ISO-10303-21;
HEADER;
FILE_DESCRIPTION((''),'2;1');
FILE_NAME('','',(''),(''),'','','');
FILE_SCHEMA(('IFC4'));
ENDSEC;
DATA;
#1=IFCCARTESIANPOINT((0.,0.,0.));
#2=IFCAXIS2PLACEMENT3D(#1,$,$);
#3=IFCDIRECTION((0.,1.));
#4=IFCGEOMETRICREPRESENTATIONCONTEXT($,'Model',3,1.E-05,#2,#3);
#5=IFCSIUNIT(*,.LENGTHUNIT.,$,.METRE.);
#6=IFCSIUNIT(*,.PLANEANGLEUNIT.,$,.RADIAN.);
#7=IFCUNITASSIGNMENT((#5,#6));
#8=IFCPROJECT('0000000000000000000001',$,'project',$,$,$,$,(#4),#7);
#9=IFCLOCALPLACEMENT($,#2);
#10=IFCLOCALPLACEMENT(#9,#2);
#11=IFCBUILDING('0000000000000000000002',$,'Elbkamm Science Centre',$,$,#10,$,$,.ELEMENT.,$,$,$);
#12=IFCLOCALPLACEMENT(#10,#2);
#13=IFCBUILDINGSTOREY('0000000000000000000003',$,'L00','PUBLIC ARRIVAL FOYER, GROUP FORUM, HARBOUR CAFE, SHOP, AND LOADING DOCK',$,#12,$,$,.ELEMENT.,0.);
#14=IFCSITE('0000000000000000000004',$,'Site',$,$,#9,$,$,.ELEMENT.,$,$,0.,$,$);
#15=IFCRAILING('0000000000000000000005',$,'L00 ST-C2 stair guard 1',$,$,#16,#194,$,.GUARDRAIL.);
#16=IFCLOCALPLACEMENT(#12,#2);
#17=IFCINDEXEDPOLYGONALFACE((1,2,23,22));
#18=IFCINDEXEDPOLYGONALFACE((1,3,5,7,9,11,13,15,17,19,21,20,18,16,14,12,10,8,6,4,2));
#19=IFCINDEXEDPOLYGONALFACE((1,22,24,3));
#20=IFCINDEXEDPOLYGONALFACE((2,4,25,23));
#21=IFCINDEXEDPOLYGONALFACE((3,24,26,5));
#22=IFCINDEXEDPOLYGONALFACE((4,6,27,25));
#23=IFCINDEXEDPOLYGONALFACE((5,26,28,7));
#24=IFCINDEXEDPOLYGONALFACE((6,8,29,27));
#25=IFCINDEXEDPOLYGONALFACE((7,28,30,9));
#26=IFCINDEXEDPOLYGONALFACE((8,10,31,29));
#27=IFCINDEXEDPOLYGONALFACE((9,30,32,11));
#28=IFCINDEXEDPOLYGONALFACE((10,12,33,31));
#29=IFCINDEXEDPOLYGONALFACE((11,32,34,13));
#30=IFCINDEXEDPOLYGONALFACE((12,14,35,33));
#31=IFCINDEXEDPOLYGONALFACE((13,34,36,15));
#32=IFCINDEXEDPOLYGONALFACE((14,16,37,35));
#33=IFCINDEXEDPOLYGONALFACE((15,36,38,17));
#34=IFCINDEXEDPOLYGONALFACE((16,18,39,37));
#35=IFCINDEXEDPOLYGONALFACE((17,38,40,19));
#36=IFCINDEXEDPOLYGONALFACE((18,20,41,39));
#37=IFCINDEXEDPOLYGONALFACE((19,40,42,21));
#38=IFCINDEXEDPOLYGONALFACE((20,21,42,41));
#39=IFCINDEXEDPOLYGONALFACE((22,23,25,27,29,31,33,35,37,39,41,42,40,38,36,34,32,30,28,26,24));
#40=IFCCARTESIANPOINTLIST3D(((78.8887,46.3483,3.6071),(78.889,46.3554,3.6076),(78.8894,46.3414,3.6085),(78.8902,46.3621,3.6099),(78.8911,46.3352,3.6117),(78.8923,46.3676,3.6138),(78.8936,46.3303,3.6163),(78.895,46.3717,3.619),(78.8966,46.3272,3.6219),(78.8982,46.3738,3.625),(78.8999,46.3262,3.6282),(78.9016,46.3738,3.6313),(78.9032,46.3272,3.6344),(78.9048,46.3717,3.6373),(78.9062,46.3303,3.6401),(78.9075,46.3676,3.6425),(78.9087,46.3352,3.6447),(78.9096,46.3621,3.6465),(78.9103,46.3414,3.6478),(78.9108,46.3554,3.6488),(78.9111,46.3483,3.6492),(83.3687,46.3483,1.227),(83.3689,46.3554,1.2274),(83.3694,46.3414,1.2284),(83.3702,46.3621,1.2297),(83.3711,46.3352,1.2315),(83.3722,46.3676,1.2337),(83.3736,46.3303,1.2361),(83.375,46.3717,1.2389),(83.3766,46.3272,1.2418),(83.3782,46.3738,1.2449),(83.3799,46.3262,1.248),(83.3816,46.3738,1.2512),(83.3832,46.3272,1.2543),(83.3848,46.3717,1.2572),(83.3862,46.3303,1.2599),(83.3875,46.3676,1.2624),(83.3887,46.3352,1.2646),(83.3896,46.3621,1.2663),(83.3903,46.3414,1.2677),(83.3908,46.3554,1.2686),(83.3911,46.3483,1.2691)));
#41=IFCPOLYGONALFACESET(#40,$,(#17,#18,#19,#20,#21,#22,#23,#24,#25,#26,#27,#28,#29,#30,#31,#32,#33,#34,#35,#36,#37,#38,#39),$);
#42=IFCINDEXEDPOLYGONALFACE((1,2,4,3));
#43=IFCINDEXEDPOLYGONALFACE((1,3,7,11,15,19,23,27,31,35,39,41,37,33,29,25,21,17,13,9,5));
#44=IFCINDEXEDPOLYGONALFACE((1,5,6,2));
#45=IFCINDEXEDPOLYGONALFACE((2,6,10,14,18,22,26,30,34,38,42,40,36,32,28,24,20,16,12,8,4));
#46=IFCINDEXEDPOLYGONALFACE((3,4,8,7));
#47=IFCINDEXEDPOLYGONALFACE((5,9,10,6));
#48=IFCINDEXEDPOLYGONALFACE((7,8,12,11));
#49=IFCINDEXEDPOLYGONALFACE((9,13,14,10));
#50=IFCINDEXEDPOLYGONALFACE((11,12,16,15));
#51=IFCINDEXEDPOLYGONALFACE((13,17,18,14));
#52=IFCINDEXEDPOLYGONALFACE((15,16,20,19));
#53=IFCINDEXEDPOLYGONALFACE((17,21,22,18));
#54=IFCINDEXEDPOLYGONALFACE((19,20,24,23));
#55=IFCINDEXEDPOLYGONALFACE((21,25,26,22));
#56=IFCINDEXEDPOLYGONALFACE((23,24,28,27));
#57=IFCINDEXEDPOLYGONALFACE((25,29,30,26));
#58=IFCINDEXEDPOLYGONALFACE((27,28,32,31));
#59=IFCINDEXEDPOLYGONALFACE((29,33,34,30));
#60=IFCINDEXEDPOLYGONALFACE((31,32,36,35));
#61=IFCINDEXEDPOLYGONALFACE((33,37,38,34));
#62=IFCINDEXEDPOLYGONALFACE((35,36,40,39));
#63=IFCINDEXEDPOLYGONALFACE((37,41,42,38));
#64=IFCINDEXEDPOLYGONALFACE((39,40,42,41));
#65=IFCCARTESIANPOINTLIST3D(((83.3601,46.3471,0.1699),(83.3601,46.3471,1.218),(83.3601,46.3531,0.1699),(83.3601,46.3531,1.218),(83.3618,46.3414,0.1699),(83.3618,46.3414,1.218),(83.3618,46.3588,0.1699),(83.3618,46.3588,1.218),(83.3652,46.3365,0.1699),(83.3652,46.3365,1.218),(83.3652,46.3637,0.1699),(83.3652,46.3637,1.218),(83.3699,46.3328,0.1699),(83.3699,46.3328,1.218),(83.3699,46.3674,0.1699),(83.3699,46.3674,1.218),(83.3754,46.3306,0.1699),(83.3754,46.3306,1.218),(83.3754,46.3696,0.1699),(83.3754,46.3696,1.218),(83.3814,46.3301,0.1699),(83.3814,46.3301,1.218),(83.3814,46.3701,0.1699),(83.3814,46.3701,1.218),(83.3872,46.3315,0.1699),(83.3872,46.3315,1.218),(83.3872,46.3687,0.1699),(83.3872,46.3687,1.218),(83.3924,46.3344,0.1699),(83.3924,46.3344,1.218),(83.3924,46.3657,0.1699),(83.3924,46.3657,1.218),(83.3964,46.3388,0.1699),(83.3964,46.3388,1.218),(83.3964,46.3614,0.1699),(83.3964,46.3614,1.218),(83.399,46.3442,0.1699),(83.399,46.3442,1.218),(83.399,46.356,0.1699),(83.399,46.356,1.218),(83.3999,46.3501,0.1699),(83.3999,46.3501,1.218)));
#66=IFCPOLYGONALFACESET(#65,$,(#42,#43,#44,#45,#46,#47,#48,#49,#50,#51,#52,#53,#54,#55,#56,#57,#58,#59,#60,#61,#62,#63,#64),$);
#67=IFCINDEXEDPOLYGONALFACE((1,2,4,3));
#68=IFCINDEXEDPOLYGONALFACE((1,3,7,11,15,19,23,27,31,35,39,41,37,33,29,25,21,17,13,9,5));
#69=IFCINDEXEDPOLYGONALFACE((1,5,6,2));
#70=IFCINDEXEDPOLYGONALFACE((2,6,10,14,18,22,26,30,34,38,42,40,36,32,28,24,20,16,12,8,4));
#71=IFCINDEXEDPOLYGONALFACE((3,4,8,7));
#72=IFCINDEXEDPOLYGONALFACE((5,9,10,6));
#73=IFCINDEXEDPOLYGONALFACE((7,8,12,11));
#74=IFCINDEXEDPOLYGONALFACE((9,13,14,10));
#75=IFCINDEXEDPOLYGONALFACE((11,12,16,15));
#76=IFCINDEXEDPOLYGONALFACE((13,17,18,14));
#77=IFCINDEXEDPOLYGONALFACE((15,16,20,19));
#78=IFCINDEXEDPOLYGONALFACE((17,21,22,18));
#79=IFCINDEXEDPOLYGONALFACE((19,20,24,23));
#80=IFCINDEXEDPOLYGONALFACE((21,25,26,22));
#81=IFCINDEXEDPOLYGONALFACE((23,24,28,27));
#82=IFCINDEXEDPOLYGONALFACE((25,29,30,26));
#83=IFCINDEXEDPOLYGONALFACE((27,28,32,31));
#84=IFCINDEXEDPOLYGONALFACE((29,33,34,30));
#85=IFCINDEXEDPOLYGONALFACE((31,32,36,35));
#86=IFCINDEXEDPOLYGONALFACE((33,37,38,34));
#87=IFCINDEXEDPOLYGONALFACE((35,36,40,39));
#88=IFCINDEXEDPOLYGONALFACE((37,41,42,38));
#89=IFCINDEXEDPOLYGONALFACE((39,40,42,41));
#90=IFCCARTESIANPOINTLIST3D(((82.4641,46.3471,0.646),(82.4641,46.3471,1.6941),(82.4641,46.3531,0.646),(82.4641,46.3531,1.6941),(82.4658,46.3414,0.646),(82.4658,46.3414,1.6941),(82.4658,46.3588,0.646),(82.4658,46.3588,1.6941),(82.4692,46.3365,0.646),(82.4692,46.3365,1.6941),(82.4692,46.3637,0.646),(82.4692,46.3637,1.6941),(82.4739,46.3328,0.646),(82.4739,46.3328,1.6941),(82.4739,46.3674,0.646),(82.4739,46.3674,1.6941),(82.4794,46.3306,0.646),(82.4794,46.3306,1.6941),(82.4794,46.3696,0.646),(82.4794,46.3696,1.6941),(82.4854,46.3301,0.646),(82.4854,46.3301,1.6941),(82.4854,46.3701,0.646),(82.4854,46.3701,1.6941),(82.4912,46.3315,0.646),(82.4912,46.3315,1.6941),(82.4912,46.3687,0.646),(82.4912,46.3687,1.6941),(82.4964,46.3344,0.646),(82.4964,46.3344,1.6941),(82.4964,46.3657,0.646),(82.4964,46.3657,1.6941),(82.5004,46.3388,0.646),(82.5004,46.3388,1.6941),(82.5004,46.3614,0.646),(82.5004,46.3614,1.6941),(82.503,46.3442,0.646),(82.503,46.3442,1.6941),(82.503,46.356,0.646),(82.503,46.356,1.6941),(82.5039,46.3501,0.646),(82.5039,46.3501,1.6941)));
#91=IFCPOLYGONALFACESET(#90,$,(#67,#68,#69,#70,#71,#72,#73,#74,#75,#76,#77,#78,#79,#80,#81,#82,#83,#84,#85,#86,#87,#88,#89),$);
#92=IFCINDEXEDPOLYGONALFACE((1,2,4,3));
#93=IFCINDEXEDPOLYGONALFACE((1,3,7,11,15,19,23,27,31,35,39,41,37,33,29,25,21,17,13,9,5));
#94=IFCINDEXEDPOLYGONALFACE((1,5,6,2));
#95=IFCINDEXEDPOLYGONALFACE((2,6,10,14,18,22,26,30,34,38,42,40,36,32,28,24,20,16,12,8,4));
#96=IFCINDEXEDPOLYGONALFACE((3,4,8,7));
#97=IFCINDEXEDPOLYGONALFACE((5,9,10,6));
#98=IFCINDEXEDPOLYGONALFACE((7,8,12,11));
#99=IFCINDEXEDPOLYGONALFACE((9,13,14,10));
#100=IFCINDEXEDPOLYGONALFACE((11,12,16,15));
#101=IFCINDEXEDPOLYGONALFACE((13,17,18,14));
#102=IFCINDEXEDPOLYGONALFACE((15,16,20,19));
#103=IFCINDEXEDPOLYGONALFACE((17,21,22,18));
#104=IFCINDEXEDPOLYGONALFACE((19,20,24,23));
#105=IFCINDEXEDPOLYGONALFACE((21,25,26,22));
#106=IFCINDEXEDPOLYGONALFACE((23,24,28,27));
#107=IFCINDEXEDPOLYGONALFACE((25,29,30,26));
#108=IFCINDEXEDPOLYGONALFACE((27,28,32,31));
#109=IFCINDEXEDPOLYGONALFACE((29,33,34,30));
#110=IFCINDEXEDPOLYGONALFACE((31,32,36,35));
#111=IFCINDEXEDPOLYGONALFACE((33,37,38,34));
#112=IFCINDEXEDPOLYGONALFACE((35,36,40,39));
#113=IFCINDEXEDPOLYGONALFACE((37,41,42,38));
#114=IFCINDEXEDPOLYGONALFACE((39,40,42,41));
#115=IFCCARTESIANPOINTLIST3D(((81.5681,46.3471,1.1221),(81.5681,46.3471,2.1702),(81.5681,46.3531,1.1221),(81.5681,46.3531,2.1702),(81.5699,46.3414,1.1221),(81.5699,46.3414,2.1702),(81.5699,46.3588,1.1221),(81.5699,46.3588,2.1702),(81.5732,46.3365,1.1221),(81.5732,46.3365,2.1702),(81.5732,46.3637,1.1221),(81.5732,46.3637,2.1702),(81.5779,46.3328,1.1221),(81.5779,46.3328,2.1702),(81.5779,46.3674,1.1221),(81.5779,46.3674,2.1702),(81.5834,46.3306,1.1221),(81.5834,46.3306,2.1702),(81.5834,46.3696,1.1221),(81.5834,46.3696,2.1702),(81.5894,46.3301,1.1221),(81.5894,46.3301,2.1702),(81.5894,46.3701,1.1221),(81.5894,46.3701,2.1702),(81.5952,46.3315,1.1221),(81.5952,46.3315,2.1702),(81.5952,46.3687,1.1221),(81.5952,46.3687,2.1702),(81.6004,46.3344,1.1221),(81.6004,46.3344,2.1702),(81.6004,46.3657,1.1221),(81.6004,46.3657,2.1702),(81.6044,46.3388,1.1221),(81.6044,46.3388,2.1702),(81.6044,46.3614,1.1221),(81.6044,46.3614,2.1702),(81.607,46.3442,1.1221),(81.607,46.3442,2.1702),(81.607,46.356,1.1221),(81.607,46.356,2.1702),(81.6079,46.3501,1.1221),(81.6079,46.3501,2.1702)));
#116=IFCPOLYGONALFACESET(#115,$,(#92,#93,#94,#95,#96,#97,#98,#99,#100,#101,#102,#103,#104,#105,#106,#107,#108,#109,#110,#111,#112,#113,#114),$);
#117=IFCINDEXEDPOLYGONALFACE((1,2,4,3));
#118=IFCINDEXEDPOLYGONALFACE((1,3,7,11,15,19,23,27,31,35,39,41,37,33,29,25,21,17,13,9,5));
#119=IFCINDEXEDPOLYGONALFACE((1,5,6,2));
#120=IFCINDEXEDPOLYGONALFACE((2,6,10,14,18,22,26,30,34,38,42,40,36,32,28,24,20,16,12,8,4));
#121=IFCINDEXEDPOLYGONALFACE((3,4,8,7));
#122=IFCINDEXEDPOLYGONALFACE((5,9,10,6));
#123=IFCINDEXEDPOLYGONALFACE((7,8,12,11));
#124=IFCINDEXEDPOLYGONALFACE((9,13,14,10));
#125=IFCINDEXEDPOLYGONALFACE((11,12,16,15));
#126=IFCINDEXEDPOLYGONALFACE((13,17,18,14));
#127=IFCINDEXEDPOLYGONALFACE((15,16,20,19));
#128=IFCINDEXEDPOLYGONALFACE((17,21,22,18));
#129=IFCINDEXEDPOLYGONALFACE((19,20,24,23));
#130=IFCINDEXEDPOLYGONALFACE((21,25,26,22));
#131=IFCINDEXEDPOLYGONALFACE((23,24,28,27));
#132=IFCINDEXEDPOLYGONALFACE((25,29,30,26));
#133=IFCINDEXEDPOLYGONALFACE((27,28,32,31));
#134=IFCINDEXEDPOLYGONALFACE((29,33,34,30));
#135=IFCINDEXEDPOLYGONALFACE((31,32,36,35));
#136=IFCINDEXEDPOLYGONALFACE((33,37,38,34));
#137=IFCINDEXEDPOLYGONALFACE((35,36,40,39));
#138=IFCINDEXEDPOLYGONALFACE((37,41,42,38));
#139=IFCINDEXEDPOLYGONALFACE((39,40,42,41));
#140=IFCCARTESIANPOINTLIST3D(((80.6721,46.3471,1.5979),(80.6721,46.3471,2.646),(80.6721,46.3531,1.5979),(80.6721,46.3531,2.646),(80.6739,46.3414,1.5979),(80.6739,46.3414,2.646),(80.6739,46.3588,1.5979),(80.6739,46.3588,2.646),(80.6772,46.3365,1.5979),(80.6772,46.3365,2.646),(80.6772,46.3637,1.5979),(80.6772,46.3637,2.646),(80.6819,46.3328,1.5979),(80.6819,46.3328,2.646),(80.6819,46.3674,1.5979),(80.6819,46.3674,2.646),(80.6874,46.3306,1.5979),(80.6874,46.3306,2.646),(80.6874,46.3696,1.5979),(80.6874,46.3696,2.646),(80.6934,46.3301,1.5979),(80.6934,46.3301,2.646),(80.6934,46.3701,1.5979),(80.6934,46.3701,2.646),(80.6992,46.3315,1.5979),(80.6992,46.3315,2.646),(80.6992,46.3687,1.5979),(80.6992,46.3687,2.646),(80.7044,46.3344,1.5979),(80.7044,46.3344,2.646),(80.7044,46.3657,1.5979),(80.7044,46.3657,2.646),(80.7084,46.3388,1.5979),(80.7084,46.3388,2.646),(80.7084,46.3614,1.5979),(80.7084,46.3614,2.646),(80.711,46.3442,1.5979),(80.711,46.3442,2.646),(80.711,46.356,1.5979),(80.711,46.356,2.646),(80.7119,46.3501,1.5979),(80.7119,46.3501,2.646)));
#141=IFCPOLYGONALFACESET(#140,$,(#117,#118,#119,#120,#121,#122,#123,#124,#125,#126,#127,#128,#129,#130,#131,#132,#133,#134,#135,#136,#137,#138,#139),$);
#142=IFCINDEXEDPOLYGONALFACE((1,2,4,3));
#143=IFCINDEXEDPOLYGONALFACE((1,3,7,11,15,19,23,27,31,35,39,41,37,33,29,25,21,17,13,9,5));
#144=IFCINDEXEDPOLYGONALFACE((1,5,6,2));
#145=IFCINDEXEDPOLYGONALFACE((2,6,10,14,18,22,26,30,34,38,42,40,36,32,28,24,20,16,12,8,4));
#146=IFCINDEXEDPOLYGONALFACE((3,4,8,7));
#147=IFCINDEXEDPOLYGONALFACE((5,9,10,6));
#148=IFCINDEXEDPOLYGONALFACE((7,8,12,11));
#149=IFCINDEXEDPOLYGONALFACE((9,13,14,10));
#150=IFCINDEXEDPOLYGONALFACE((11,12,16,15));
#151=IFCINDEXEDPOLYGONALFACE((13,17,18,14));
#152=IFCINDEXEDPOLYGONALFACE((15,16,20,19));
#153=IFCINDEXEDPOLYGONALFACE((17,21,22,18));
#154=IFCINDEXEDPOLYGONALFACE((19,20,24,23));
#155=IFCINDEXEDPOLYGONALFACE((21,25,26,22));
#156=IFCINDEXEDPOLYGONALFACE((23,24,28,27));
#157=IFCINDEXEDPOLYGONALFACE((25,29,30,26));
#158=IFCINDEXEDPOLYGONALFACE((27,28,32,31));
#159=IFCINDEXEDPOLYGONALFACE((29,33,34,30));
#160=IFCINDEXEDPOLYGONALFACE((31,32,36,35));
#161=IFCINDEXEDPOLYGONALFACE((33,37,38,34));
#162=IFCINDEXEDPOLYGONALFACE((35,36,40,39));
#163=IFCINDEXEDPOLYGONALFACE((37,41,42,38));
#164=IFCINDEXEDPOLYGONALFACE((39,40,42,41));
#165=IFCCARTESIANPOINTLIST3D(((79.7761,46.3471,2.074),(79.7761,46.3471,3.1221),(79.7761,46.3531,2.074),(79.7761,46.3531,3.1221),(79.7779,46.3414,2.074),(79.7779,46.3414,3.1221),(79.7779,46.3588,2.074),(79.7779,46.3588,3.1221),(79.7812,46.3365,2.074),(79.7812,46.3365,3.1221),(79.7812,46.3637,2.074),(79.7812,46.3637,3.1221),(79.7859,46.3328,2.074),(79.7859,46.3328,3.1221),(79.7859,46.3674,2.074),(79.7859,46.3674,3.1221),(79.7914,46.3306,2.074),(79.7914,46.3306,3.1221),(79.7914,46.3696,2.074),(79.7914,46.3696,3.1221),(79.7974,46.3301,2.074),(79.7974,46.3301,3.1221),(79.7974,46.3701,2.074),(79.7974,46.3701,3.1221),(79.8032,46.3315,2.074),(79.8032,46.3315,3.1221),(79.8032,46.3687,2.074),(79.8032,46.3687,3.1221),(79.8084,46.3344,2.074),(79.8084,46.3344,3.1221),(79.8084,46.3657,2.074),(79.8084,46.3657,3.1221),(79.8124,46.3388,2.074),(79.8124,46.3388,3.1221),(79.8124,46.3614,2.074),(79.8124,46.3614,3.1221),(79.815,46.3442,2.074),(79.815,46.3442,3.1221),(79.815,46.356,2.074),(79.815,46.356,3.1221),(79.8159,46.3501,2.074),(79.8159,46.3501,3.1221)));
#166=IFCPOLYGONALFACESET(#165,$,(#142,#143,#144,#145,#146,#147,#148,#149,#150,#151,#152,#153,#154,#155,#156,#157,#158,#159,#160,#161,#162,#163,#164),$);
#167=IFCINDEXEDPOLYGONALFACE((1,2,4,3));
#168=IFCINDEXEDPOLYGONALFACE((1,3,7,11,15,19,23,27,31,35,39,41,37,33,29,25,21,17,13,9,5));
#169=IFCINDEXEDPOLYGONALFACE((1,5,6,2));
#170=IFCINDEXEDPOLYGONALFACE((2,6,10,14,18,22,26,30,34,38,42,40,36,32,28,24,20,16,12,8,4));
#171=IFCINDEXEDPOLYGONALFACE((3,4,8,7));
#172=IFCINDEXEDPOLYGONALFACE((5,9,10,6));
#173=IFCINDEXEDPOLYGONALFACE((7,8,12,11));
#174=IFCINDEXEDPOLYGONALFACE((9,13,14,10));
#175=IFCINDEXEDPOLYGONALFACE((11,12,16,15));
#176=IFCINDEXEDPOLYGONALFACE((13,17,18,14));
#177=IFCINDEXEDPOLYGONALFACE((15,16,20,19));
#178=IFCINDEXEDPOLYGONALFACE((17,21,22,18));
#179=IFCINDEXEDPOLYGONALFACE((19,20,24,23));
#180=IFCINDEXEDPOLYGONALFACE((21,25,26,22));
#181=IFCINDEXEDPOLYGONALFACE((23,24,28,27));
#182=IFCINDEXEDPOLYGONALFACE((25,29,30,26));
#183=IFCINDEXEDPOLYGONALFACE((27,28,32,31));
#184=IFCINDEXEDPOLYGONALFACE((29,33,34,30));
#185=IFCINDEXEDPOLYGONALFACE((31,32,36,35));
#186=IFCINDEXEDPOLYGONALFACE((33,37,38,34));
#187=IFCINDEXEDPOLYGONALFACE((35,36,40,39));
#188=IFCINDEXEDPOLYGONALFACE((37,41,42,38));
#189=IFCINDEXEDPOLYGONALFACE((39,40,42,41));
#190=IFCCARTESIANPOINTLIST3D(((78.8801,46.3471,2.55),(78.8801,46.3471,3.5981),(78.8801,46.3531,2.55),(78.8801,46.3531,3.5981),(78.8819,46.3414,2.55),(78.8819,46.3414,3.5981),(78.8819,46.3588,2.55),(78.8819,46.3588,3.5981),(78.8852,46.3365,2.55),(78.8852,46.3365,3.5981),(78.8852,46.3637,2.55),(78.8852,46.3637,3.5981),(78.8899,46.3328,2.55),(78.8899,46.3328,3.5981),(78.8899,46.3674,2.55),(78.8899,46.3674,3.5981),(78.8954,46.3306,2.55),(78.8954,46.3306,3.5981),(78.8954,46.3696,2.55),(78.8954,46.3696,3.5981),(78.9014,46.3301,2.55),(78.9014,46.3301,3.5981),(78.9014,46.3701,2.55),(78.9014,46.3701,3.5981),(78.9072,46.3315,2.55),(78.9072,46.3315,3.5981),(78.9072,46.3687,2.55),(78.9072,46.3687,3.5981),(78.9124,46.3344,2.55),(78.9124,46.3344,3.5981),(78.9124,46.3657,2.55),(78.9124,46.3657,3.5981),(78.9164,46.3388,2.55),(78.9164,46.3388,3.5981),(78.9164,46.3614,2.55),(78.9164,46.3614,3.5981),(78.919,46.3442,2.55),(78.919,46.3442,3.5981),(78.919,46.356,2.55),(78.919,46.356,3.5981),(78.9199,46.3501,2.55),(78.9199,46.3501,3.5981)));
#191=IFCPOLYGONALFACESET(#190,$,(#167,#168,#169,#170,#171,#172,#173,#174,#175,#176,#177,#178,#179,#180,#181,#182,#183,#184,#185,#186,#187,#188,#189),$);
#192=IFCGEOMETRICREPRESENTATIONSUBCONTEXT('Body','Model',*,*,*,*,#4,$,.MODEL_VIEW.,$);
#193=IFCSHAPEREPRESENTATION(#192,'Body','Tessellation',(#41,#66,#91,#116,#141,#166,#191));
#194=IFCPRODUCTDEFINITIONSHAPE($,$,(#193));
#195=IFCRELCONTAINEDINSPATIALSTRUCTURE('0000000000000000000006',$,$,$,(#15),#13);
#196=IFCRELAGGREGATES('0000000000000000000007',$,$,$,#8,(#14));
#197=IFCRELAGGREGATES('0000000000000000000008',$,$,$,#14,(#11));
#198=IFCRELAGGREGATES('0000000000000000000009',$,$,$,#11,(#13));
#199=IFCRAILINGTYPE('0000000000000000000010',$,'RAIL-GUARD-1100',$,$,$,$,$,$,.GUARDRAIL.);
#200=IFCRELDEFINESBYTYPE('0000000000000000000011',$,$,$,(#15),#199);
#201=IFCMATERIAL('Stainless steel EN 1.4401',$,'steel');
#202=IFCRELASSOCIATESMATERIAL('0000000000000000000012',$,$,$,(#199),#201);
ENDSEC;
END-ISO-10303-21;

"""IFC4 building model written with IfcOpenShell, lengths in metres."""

from ifc_helpers import new_model, si_unit, direction, frame, origin, origin_2d, place, context, subcontext, project, spatial, circle, extrude, material, type_object, element, save


model = new_model("IFC4")

# Units and contexts
model_context = context("Model", 3, precision=1e-05, world=origin(), true_north=direction((0.0, 1.0)))
body_context = subcontext(model_context, "Body", "Model", "MODEL_VIEW")
ifc_project = project(units=[si_unit("LENGTHUNIT", "METRE"), si_unit("PLANEANGLEUNIT", "RADIAN")], contexts=[model_context])

# Site, building, storey
site_placement = place(None, origin())
site = spatial("IfcSite", under=ifc_project, at=site_placement, Name="Site", CompositionType="ELEMENT", RefElevation=0.0)
building_placement = place(site_placement, origin())
building = spatial("IfcBuilding", under=site, at=building_placement, Name="Elbkamm Science Centre", CompositionType="ELEMENT")
storey_placement = place(building_placement, origin())
storey = spatial("IfcBuildingStorey", under=building, at=storey_placement, Name="L00", Description="PUBLIC ARRIVAL FOYER, GROUP FORUM, HARBOUR CAFE, SHOP, AND LOADING DOCK", CompositionType="ELEMENT", Elevation=0.0)

# Railing
ifc_material_1 = material(Name="Stainless steel EN 1.4401", Category="steel")
railing_type_1 = type_object("IfcRailingType", Name="RAIL-GUARD-1100", PredefinedType="GUARDRAIL", material=ifc_material_1)
railing_1_placement = place(storey_placement, frame((83.3799, 46.3501, 0.1699)))
element("IfcRailing", 1, at=railing_1_placement, inside=storey, type_object=railing_type_1, Name="L00 ST-C2 stair guard 1", PredefinedType="GUARDRAIL", context=body_context, shape_type="SweptSolid", body=[
    extrude(circle(Radius=0.0239, at=origin_2d()), frame((0.0, 0.0, 1.0781), z_axis=(-0.883105, 0.0, 0.469176), x_axis=(0.0, -1.0, 0.0)), (0.0, 0.0, 1.0), 5.073),
    extrude(circle(Radius=0.02, at=origin_2d()), origin(), (0.0, 0.0, 1.0), 1.0481),
    extrude(circle(Radius=0.02, at=origin_2d()), frame((-0.896, 0.0, 0.4761)), (0.0, 0.0, 1.0), 1.0481),
    extrude(circle(Radius=0.02, at=origin_2d()), frame((-1.792, 0.0, 0.9521)), (0.0, 0.0, 1.0), 1.0481),
    extrude(circle(Radius=0.02, at=origin_2d()), frame((-2.688, 0.0, 1.428)), (0.0, 0.0, 1.0), 1.0481),
    extrude(circle(Radius=0.02, at=origin_2d()), frame((-3.584, 0.0, 1.9041)), (0.0, 0.0, 1.0), 1.0481),
    extrude(circle(Radius=0.02, at=origin_2d()), frame((-4.48, 0.0, 2.3801)), (0.0, 0.0, 1.0), 1.0481),
])

save(model, "model.ifc")
